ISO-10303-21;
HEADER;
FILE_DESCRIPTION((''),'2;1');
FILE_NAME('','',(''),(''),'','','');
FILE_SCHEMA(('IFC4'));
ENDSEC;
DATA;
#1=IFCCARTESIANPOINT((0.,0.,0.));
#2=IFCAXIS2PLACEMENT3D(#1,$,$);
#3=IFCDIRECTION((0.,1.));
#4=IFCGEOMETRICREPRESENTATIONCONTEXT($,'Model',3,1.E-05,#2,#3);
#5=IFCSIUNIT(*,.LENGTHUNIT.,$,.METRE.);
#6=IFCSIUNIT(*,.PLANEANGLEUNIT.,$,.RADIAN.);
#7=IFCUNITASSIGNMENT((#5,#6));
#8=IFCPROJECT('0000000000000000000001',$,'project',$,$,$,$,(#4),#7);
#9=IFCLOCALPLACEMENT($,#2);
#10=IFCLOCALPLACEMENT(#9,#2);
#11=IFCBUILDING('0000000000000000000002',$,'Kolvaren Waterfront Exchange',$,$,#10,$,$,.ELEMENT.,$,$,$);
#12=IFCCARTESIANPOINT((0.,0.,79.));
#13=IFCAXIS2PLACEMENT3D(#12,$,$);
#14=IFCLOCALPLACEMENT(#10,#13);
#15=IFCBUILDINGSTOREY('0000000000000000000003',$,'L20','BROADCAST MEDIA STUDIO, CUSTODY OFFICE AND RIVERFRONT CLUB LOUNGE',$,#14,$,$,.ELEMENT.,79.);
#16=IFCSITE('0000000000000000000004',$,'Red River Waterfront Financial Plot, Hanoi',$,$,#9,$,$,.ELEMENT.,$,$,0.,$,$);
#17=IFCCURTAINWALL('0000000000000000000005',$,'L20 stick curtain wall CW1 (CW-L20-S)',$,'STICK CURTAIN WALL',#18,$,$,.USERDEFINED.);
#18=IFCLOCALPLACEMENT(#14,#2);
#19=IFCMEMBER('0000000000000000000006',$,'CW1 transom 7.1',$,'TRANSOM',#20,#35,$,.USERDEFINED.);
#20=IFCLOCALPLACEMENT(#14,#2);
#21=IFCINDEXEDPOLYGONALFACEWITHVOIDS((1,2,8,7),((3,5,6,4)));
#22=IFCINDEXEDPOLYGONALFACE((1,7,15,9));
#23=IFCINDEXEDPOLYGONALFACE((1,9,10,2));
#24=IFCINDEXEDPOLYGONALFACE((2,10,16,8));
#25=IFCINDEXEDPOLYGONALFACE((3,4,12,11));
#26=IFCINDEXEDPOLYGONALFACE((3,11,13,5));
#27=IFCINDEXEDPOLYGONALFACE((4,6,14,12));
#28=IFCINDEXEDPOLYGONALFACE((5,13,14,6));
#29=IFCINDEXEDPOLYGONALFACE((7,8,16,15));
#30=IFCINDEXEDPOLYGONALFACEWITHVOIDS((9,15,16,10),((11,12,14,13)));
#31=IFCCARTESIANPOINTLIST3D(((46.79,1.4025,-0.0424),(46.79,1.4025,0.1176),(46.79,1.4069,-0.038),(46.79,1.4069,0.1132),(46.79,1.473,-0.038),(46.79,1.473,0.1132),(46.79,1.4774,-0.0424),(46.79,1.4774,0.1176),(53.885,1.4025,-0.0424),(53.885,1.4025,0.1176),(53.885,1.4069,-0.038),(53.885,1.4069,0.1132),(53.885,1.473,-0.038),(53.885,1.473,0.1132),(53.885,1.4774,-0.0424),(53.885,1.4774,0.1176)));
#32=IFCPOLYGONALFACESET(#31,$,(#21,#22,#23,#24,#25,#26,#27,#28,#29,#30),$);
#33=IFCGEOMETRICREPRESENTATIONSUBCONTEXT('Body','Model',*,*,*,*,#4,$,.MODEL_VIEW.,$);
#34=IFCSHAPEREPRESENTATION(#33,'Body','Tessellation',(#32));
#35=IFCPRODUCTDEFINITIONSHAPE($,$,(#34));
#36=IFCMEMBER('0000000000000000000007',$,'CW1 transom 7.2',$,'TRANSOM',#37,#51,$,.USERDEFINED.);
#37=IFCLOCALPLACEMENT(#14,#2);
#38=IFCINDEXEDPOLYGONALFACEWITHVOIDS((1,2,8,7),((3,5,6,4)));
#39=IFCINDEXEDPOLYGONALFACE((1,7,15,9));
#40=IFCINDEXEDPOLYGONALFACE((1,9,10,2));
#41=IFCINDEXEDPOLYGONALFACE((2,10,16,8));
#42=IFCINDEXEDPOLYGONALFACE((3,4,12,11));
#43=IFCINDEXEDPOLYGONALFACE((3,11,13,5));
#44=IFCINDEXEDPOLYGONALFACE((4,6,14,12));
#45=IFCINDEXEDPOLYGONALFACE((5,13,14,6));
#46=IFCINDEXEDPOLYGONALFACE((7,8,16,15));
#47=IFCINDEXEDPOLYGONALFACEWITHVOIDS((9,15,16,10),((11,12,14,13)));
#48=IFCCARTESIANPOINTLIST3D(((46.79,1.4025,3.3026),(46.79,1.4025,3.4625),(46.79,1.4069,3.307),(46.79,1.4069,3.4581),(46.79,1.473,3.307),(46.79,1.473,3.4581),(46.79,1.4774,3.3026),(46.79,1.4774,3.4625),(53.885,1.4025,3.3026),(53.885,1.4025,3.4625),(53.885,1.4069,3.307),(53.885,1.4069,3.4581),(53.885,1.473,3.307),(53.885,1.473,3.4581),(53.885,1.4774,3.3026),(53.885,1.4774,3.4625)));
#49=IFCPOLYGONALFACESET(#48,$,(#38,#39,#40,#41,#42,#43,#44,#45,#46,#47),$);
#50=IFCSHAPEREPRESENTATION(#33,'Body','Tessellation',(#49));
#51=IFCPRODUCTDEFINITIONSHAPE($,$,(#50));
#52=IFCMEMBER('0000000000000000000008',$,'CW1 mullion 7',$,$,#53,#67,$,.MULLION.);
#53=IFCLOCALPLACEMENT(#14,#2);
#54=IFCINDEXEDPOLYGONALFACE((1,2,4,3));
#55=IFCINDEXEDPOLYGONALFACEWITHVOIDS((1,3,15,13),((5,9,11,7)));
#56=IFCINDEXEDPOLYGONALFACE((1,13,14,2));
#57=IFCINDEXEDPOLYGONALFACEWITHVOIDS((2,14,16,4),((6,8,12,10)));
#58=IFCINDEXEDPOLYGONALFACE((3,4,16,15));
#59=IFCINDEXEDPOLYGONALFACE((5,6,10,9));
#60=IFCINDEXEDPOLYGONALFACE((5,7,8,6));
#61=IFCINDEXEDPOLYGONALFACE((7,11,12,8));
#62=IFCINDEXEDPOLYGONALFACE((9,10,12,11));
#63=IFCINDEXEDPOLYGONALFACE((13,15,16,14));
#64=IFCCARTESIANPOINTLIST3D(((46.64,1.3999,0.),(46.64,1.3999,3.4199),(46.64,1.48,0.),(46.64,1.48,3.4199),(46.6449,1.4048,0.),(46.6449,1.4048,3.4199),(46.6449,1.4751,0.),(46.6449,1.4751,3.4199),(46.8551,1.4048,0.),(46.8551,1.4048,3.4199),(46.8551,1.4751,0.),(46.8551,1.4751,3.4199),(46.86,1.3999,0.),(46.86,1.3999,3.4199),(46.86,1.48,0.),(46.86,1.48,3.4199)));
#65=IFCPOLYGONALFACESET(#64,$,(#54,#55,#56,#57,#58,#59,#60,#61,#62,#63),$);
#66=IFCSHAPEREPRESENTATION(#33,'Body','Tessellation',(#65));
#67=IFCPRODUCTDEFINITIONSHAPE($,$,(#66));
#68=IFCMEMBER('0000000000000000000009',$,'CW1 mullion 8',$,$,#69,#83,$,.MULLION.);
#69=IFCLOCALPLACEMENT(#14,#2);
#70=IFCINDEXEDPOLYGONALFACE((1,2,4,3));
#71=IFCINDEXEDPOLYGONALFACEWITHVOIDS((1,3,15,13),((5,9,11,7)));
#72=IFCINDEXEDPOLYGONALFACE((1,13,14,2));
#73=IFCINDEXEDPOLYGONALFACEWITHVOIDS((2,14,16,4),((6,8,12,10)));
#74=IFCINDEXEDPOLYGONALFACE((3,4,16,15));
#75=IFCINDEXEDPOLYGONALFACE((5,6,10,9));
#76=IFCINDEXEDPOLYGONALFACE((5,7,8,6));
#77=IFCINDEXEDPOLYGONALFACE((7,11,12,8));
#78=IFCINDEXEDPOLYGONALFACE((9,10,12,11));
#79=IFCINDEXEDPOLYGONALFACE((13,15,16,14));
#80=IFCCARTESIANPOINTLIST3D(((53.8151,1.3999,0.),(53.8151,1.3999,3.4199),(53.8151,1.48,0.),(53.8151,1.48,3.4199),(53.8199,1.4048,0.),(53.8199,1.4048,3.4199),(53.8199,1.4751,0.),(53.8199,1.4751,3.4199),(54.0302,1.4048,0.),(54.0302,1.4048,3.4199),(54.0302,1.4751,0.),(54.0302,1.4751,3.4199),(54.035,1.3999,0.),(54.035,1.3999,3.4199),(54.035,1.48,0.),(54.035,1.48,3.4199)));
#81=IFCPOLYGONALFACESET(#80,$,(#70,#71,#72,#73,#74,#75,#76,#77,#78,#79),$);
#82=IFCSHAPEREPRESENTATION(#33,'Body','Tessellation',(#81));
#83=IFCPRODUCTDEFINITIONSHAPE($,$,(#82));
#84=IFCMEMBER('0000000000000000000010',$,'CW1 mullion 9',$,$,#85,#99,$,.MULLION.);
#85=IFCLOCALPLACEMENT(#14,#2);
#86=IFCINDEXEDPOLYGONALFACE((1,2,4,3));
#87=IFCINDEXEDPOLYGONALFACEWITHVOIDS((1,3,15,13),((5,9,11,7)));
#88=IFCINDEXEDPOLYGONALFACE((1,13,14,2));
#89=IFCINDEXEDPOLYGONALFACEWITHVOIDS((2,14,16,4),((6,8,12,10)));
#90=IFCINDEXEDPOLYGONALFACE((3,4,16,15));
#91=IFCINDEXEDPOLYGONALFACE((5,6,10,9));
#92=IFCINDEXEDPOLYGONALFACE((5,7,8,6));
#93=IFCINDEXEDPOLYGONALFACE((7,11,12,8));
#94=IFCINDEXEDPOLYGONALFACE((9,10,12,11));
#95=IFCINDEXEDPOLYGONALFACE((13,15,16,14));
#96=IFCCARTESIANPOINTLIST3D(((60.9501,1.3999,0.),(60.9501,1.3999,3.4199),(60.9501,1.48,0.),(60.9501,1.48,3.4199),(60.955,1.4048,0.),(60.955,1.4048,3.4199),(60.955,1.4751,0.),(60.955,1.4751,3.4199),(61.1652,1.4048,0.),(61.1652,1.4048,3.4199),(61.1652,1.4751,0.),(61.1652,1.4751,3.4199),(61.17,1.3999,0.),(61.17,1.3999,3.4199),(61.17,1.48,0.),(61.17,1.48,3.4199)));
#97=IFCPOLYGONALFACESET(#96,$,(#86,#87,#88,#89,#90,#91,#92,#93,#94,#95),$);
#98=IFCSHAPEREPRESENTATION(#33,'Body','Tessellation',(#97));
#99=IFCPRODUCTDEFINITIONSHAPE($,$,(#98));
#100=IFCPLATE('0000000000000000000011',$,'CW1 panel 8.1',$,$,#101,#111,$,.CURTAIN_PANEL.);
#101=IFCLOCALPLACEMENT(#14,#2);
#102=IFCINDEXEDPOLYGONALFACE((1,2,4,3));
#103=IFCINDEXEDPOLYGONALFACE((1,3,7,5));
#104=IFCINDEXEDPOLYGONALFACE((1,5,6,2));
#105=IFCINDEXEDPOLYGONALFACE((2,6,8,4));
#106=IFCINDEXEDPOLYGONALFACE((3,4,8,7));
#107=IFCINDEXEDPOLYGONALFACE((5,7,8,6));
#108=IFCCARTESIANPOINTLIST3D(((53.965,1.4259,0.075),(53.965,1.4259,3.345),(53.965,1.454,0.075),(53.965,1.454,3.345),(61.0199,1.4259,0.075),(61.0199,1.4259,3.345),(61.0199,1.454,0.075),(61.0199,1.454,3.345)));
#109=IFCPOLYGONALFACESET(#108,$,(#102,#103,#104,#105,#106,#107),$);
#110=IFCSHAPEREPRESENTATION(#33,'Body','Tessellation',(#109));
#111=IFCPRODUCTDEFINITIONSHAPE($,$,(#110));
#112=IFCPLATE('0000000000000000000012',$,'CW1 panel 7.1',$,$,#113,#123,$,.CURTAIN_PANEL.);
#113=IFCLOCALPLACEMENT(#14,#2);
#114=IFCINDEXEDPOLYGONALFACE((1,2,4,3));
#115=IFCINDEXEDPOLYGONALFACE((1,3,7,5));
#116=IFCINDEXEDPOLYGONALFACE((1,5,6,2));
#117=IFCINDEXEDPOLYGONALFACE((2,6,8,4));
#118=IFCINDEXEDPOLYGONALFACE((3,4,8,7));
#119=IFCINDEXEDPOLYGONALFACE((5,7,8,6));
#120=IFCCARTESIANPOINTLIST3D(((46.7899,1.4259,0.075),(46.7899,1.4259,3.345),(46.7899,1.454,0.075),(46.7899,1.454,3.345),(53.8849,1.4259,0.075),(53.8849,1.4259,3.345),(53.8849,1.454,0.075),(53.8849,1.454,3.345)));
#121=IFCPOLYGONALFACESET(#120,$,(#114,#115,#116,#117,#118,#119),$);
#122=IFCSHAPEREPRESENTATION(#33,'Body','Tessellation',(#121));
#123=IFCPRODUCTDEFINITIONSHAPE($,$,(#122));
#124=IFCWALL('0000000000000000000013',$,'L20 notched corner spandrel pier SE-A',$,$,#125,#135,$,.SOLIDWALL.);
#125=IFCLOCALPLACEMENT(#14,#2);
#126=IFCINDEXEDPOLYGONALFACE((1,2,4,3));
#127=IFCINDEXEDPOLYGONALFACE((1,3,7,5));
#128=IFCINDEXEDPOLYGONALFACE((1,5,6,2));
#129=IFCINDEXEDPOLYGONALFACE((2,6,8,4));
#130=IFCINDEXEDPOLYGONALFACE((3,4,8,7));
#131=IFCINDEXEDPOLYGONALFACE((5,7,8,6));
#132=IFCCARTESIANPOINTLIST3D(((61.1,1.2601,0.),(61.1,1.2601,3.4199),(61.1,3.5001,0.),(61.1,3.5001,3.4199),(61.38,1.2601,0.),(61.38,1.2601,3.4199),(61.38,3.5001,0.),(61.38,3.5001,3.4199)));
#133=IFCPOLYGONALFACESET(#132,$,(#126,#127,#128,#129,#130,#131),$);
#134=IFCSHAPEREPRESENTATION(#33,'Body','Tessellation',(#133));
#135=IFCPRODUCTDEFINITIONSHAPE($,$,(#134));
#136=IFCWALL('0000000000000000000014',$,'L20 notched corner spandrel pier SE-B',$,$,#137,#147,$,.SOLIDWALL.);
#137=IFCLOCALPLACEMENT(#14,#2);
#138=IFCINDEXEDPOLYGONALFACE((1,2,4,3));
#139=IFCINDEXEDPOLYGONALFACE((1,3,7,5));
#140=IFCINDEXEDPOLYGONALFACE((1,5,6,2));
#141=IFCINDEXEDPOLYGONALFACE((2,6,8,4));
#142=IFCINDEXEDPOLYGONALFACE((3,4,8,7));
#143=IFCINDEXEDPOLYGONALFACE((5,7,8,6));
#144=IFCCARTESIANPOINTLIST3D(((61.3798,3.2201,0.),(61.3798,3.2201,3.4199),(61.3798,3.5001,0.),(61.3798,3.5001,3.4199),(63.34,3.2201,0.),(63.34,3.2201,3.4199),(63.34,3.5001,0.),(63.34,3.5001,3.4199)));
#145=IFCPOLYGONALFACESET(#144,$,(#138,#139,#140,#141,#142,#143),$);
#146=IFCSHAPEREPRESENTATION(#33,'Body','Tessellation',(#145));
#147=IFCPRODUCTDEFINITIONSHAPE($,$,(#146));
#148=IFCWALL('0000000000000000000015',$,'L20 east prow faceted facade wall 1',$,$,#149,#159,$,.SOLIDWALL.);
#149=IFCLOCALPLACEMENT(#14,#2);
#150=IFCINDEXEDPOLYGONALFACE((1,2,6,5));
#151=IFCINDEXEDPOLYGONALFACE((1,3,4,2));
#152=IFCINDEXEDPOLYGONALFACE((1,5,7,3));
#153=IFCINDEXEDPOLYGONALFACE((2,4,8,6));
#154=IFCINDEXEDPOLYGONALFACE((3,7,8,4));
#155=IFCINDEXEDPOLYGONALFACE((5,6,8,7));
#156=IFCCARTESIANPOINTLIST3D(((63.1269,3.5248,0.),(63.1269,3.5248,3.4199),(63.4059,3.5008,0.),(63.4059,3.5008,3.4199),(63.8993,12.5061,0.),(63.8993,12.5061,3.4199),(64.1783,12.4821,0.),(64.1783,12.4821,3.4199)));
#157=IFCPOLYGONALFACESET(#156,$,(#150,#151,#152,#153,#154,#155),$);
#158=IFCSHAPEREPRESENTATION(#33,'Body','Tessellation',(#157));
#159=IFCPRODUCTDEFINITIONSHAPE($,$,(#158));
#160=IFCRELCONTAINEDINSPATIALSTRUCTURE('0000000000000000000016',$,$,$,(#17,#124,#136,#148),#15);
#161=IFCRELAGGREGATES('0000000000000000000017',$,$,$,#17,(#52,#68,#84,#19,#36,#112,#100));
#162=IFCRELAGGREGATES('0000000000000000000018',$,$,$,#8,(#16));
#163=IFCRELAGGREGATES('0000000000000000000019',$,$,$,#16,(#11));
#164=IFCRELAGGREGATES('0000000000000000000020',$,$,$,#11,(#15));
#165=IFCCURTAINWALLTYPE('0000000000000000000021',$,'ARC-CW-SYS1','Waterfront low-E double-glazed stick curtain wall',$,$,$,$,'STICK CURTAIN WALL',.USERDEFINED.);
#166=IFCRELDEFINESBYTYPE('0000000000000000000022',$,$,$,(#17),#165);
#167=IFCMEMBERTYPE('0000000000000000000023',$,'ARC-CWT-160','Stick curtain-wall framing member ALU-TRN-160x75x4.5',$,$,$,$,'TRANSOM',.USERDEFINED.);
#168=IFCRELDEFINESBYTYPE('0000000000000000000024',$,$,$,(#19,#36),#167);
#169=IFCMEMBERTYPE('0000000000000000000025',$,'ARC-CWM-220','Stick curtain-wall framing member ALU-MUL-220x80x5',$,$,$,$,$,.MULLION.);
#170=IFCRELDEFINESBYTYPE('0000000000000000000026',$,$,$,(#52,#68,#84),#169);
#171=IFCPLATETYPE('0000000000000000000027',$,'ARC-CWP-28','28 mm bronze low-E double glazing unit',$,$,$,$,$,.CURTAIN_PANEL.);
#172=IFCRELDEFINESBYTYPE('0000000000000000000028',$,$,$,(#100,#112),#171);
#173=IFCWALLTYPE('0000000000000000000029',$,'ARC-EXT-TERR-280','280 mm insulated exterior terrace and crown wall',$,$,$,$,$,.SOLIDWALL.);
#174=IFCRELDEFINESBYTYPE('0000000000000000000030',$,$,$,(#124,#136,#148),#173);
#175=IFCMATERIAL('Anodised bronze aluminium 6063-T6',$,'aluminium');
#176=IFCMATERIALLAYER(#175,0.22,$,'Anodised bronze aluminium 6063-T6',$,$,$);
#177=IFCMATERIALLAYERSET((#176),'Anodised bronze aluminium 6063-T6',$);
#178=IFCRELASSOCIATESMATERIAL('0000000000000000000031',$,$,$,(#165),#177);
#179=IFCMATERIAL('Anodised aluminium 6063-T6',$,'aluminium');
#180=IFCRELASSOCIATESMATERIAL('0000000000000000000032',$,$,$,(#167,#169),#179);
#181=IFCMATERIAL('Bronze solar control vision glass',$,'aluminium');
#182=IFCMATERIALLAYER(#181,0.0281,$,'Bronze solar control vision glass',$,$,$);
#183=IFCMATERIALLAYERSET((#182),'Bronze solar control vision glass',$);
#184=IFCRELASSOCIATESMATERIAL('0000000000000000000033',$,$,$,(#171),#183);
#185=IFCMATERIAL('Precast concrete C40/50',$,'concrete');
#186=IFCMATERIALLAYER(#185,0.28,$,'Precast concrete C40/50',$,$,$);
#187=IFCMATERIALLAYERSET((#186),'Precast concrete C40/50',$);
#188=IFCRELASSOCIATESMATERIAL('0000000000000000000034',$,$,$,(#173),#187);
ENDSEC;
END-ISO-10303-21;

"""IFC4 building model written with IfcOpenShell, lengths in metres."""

from ifc_helpers import new_model, si_unit, direction, frame, frame_2d, origin, origin_with_axes, origin_2d, place, context, subcontext, project, spatial, rectangle, hollow_rectangle, extrude, source, transform, mapped, material, layer, layer_set, material_profile, profile_set, type_object, element, aggregate, save


model = new_model("IFC4")

# Units and contexts
model_context = context("Model", 3, precision=1e-05, world=origin(), true_north=direction((0.0, 1.0)))
body_context = subcontext(model_context, "Body", "Model", "MODEL_VIEW")
ifc_project = project(units=[si_unit("LENGTHUNIT", "METRE"), si_unit("PLANEANGLEUNIT", "RADIAN")], contexts=[model_context])

# Site, building, storey
site_placement = place(None, origin())
site = spatial("IfcSite", under=ifc_project, at=site_placement, Name="Red River Waterfront Financial Plot, Hanoi", CompositionType="ELEMENT", RefElevation=0.0)
building_placement = place(site_placement, origin())
building = spatial("IfcBuilding", under=site, at=building_placement, Name="Kolvaren Waterfront Exchange", CompositionType="ELEMENT")
storey_placement = place(building_placement, frame((0.0, 0.0, 79.0)))
storey = spatial("IfcBuildingStorey", under=building, at=storey_placement, Name="L20", Description="BROADCAST MEDIA STUDIO, CUSTODY OFFICE AND RIVERFRONT CLUB LOUNGE", CompositionType="ELEMENT", Elevation=79.0)

# Curtain wall, members, plates
ifc_material_1 = material(Name="Anodised bronze aluminium 6063-T6", Category="aluminium")
ifc_layer_1 = layer(ifc_material_1, 0.22, Name="Anodised bronze aluminium 6063-T6")
ifc_layer_set_1 = layer_set([ifc_layer_1], Name="Anodised bronze aluminium 6063-T6")
curtain_wall_type = type_object("IfcCurtainWallType", Name="ARC-CW-SYS1", Description="Waterfront low-E double-glazed stick curtain wall", ElementType="STICK CURTAIN WALL", PredefinedType="USERDEFINED", material=ifc_layer_set_1)
curtain_wall_placement = place(storey_placement, origin())
curtain_wall = element("IfcCurtainWall", 1, at=curtain_wall_placement, inside=storey, type_object=curtain_wall_type, Name="L20 stick curtain wall CW1 (CW-L20-S)", ObjectType="STICK CURTAIN WALL", PredefinedType="USERDEFINED")
ifc_material_2 = material(Name="Anodised aluminium 6063-T6", Category="aluminium")
ifc_material_profile_1 = material_profile(ifc_material_2, hollow_rectangle(XDim=0.075, YDim=0.1599, WallThickness=0.0044, at=origin_2d()), Name="ALU-TRN-160x75x4.5")
ifc_profile_set_1 = profile_set([ifc_material_profile_1], Name="Anodised aluminium 6063-T6")
member_type_1 = type_object("IfcMemberType", Name="ARC-CWT-160", Description="Stick curtain-wall framing member ALU-TRN-160x75x4.5", ElementType="TRANSOM", PredefinedType="USERDEFINED", material=ifc_profile_set_1)
shared_shape_1 = source(origin_with_axes(), body_context, "Body", "SweptSolid", [
    extrude(hollow_rectangle(XDim=0.075, YDim=0.1599, WallThickness=0.0044, at=origin_2d()), origin(), (0.0, 0.0, 1.0), 7.095),
])
member_1_placement = place(storey_placement, frame((46.79, 1.4399, 0.0376), z_axis=(1.0, 0.0, 0.0), x_axis=(0.0, 1.0, 0.0)))
member_1 = element("IfcMember", 2, at=member_1_placement, type_object=member_type_1, Name="CW1 transom 7.1", ObjectType="TRANSOM", PredefinedType="USERDEFINED", context=body_context, shape_type="MappedRepresentation", body=[
    mapped(shared_shape_1, transform((0.0, 0.0, 0.0), x_axis=(1.0, 0.0, 0.0), y_axis=(0.0, 1.0, 0.0), z_axis=(0.0, 0.0, 1.0), scale=1.0)),
])
member_2_placement = place(storey_placement, frame((46.79, 1.4399, 3.3826), z_axis=(1.0, 0.0, 0.0), x_axis=(0.0, 1.0, 0.0)))
member_2 = element("IfcMember", 3, at=member_2_placement, type_object=member_type_1, Name="CW1 transom 7.2", ObjectType="TRANSOM", PredefinedType="USERDEFINED", context=body_context, shape_type="MappedRepresentation", body=[
    mapped(shared_shape_1, transform((0.0, 0.0, 0.0), x_axis=(1.0, 0.0, 0.0), y_axis=(0.0, 1.0, 0.0), z_axis=(0.0, 0.0, 1.0), scale=1.0)),
])
ifc_material_profile_2 = material_profile(ifc_material_2, hollow_rectangle(XDim=0.0801, YDim=0.22, WallThickness=0.0049, at=origin_2d()), Name="ALU-MUL-220x80x5")
ifc_profile_set_2 = profile_set([ifc_material_profile_2], Name="Anodised aluminium 6063-T6")
member_type_2 = type_object("IfcMemberType", Name="ARC-CWM-220", Description="Stick curtain-wall framing member ALU-MUL-220x80x5", PredefinedType="MULLION", material=ifc_profile_set_2)
shared_shape_2 = source(origin_with_axes(), body_context, "Body", "SweptSolid", [
    extrude(hollow_rectangle(XDim=0.0801, YDim=0.22, WallThickness=0.0049, at=origin_2d()), origin(), (0.0, 0.0, 1.0), 3.4199),
])
member_3_placement = place(storey_placement, frame((46.75, 1.4399, 0.0), z_axis=(0.0, 0.0, 1.0), x_axis=(0.0, 1.0, 0.0)))
member_3 = element("IfcMember", 4, at=member_3_placement, type_object=member_type_2, Name="CW1 mullion 7", PredefinedType="MULLION", context=body_context, shape_type="MappedRepresentation", body=[
    mapped(shared_shape_2, transform((0.0, 0.0, 0.0), x_axis=(1.0, 0.0, 0.0), y_axis=(0.0, 1.0, 0.0), z_axis=(0.0, 0.0, 1.0), scale=1.0)),
])
member_4_placement = place(storey_placement, frame((53.925, 1.4399, 0.0), z_axis=(0.0, 0.0, 1.0), x_axis=(0.0, 1.0, 0.0)))
member_4 = element("IfcMember", 5, at=member_4_placement, type_object=member_type_2, Name="CW1 mullion 8", PredefinedType="MULLION", context=body_context, shape_type="MappedRepresentation", body=[
    mapped(shared_shape_2, transform((0.0, 0.0, 0.0), x_axis=(1.0, 0.0, 0.0), y_axis=(0.0, 1.0, 0.0), z_axis=(0.0, 0.0, 1.0), scale=1.0)),
])
member_5_placement = place(storey_placement, frame((61.0601, 1.4399, 0.0), z_axis=(0.0, 0.0, 1.0), x_axis=(0.0, 1.0, 0.0)))
member_5 = element("IfcMember", 6, at=member_5_placement, type_object=member_type_2, Name="CW1 mullion 9", PredefinedType="MULLION", context=body_context, shape_type="MappedRepresentation", body=[
    mapped(shared_shape_2, transform((0.0, 0.0, 0.0), x_axis=(1.0, 0.0, 0.0), y_axis=(0.0, 1.0, 0.0), z_axis=(0.0, 0.0, 1.0), scale=1.0)),
])
ifc_material_3 = material(Name="Bronze solar control vision glass", Category="aluminium")
ifc_layer_2 = layer(ifc_material_3, 0.0281, Name="Bronze solar control vision glass")
ifc_layer_set_2 = layer_set([ifc_layer_2], Name="Bronze solar control vision glass")
plate_type = type_object("IfcPlateType", Name="ARC-CWP-28", Description="28 mm bronze low-E double glazing unit", PredefinedType="CURTAIN_PANEL", material=ifc_layer_set_2)
shared_shape_3 = source(origin_with_axes(), body_context, "Body", "SweptSolid", [
    extrude(rectangle(XDim=7.0549, YDim=0.0281, at=origin_2d()), origin(), (0.0, 0.0, 1.0), 3.27),
])
plate_1_placement = place(storey_placement, frame((57.4924, 1.4399, 0.075), z_axis=(0.0, 0.0, 1.0), x_axis=(1.0, 0.0, 0.0)))
plate_1 = element("IfcPlate", 7, at=plate_1_placement, type_object=plate_type, Name="CW1 panel 8.1", PredefinedType="CURTAIN_PANEL", context=body_context, shape_type="MappedRepresentation", body=[
    mapped(shared_shape_3, transform((0.0, 0.0, 0.0), x_axis=(1.0, 0.0, 0.0), y_axis=(0.0, 1.0, 0.0), z_axis=(0.0, 0.0, 1.0), scale=1.0)),
])
shared_shape_4 = source(origin_with_axes(), body_context, "Body", "SweptSolid", [
    extrude(rectangle(XDim=7.095, YDim=0.0281, at=origin_2d()), origin(), (0.0, 0.0, 1.0), 3.27),
])
plate_2_placement = place(storey_placement, frame((50.3374, 1.4399, 0.075), z_axis=(0.0, 0.0, 1.0), x_axis=(1.0, 0.0, 0.0)))
plate_2 = element("IfcPlate", 8, at=plate_2_placement, type_object=plate_type, Name="CW1 panel 7.1", PredefinedType="CURTAIN_PANEL", context=body_context, shape_type="MappedRepresentation", body=[
    mapped(shared_shape_4, transform((0.0, 0.0, 0.0), x_axis=(1.0, 0.0, 0.0), y_axis=(0.0, 1.0, 0.0), z_axis=(0.0, 0.0, 1.0), scale=1.0)),
])
aggregate(curtain_wall, [member_3, member_4, member_5, member_1, member_2, plate_2, plate_1])

# Walls
ifc_material_4 = material(Name="Precast concrete C40/50", Category="concrete")
ifc_layer_3 = layer(ifc_material_4, 0.28, Name="Precast concrete C40/50")
ifc_layer_set_3 = layer_set([ifc_layer_3], Name="Precast concrete C40/50")
wall_type_1 = type_object("IfcWallType", Name="ARC-EXT-TERR-280", Description="280 mm insulated exterior terrace and crown wall", PredefinedType="SOLIDWALL", material=ifc_layer_set_3)
wall_1_placement = place(storey_placement, frame((61.24, 1.26, 0.0), z_axis=(0.0, 0.0, 1.0), x_axis=(0.0, 1.0, 0.0)))
element("IfcWall", 9, at=wall_1_placement, inside=storey, type_object=wall_type_1, Name="L20 notched corner spandrel pier SE-A", PredefinedType="SOLIDWALL", context=body_context, shape_type="SweptSolid", body=[
    extrude(rectangle(XDim=2.24, YDim=0.28, at=frame_2d((1.1201, 0.0))), origin(), (0.0, 0.0, 1.0), 3.4199),
])
wall_2_placement = place(storey_placement, frame((61.3799, 3.3601, 0.0), z_axis=(0.0, 0.0, 1.0), x_axis=(1.0, 0.0, 0.0)))
element("IfcWall", 10, at=wall_2_placement, inside=storey, type_object=wall_type_1, Name="L20 notched corner spandrel pier SE-B", PredefinedType="SOLIDWALL", context=body_context, shape_type="SweptSolid", body=[
    extrude(rectangle(XDim=1.9602, YDim=0.28, at=frame_2d((0.98, 0.0))), origin(), (0.0, 0.0, 1.0), 3.4199),
])
wall_3_placement = place(storey_placement, frame((63.2664, 3.5127, 0.0), z_axis=(0.0, 0.0, 1.0), x_axis=(0.085692, 0.996322, 0.0)))
element("IfcWall", 11, at=wall_3_placement, inside=storey, type_object=wall_type_1, Name="L20 east prow faceted facade wall 1", PredefinedType="SOLIDWALL", context=body_context, shape_type="SweptSolid", body=[
    extrude(rectangle(XDim=9.0144, YDim=0.28, at=frame_2d((4.5073, 0.0))), origin(), (0.0, 0.0, 1.0), 3.4199),
])

save(model, "model.ifc")
